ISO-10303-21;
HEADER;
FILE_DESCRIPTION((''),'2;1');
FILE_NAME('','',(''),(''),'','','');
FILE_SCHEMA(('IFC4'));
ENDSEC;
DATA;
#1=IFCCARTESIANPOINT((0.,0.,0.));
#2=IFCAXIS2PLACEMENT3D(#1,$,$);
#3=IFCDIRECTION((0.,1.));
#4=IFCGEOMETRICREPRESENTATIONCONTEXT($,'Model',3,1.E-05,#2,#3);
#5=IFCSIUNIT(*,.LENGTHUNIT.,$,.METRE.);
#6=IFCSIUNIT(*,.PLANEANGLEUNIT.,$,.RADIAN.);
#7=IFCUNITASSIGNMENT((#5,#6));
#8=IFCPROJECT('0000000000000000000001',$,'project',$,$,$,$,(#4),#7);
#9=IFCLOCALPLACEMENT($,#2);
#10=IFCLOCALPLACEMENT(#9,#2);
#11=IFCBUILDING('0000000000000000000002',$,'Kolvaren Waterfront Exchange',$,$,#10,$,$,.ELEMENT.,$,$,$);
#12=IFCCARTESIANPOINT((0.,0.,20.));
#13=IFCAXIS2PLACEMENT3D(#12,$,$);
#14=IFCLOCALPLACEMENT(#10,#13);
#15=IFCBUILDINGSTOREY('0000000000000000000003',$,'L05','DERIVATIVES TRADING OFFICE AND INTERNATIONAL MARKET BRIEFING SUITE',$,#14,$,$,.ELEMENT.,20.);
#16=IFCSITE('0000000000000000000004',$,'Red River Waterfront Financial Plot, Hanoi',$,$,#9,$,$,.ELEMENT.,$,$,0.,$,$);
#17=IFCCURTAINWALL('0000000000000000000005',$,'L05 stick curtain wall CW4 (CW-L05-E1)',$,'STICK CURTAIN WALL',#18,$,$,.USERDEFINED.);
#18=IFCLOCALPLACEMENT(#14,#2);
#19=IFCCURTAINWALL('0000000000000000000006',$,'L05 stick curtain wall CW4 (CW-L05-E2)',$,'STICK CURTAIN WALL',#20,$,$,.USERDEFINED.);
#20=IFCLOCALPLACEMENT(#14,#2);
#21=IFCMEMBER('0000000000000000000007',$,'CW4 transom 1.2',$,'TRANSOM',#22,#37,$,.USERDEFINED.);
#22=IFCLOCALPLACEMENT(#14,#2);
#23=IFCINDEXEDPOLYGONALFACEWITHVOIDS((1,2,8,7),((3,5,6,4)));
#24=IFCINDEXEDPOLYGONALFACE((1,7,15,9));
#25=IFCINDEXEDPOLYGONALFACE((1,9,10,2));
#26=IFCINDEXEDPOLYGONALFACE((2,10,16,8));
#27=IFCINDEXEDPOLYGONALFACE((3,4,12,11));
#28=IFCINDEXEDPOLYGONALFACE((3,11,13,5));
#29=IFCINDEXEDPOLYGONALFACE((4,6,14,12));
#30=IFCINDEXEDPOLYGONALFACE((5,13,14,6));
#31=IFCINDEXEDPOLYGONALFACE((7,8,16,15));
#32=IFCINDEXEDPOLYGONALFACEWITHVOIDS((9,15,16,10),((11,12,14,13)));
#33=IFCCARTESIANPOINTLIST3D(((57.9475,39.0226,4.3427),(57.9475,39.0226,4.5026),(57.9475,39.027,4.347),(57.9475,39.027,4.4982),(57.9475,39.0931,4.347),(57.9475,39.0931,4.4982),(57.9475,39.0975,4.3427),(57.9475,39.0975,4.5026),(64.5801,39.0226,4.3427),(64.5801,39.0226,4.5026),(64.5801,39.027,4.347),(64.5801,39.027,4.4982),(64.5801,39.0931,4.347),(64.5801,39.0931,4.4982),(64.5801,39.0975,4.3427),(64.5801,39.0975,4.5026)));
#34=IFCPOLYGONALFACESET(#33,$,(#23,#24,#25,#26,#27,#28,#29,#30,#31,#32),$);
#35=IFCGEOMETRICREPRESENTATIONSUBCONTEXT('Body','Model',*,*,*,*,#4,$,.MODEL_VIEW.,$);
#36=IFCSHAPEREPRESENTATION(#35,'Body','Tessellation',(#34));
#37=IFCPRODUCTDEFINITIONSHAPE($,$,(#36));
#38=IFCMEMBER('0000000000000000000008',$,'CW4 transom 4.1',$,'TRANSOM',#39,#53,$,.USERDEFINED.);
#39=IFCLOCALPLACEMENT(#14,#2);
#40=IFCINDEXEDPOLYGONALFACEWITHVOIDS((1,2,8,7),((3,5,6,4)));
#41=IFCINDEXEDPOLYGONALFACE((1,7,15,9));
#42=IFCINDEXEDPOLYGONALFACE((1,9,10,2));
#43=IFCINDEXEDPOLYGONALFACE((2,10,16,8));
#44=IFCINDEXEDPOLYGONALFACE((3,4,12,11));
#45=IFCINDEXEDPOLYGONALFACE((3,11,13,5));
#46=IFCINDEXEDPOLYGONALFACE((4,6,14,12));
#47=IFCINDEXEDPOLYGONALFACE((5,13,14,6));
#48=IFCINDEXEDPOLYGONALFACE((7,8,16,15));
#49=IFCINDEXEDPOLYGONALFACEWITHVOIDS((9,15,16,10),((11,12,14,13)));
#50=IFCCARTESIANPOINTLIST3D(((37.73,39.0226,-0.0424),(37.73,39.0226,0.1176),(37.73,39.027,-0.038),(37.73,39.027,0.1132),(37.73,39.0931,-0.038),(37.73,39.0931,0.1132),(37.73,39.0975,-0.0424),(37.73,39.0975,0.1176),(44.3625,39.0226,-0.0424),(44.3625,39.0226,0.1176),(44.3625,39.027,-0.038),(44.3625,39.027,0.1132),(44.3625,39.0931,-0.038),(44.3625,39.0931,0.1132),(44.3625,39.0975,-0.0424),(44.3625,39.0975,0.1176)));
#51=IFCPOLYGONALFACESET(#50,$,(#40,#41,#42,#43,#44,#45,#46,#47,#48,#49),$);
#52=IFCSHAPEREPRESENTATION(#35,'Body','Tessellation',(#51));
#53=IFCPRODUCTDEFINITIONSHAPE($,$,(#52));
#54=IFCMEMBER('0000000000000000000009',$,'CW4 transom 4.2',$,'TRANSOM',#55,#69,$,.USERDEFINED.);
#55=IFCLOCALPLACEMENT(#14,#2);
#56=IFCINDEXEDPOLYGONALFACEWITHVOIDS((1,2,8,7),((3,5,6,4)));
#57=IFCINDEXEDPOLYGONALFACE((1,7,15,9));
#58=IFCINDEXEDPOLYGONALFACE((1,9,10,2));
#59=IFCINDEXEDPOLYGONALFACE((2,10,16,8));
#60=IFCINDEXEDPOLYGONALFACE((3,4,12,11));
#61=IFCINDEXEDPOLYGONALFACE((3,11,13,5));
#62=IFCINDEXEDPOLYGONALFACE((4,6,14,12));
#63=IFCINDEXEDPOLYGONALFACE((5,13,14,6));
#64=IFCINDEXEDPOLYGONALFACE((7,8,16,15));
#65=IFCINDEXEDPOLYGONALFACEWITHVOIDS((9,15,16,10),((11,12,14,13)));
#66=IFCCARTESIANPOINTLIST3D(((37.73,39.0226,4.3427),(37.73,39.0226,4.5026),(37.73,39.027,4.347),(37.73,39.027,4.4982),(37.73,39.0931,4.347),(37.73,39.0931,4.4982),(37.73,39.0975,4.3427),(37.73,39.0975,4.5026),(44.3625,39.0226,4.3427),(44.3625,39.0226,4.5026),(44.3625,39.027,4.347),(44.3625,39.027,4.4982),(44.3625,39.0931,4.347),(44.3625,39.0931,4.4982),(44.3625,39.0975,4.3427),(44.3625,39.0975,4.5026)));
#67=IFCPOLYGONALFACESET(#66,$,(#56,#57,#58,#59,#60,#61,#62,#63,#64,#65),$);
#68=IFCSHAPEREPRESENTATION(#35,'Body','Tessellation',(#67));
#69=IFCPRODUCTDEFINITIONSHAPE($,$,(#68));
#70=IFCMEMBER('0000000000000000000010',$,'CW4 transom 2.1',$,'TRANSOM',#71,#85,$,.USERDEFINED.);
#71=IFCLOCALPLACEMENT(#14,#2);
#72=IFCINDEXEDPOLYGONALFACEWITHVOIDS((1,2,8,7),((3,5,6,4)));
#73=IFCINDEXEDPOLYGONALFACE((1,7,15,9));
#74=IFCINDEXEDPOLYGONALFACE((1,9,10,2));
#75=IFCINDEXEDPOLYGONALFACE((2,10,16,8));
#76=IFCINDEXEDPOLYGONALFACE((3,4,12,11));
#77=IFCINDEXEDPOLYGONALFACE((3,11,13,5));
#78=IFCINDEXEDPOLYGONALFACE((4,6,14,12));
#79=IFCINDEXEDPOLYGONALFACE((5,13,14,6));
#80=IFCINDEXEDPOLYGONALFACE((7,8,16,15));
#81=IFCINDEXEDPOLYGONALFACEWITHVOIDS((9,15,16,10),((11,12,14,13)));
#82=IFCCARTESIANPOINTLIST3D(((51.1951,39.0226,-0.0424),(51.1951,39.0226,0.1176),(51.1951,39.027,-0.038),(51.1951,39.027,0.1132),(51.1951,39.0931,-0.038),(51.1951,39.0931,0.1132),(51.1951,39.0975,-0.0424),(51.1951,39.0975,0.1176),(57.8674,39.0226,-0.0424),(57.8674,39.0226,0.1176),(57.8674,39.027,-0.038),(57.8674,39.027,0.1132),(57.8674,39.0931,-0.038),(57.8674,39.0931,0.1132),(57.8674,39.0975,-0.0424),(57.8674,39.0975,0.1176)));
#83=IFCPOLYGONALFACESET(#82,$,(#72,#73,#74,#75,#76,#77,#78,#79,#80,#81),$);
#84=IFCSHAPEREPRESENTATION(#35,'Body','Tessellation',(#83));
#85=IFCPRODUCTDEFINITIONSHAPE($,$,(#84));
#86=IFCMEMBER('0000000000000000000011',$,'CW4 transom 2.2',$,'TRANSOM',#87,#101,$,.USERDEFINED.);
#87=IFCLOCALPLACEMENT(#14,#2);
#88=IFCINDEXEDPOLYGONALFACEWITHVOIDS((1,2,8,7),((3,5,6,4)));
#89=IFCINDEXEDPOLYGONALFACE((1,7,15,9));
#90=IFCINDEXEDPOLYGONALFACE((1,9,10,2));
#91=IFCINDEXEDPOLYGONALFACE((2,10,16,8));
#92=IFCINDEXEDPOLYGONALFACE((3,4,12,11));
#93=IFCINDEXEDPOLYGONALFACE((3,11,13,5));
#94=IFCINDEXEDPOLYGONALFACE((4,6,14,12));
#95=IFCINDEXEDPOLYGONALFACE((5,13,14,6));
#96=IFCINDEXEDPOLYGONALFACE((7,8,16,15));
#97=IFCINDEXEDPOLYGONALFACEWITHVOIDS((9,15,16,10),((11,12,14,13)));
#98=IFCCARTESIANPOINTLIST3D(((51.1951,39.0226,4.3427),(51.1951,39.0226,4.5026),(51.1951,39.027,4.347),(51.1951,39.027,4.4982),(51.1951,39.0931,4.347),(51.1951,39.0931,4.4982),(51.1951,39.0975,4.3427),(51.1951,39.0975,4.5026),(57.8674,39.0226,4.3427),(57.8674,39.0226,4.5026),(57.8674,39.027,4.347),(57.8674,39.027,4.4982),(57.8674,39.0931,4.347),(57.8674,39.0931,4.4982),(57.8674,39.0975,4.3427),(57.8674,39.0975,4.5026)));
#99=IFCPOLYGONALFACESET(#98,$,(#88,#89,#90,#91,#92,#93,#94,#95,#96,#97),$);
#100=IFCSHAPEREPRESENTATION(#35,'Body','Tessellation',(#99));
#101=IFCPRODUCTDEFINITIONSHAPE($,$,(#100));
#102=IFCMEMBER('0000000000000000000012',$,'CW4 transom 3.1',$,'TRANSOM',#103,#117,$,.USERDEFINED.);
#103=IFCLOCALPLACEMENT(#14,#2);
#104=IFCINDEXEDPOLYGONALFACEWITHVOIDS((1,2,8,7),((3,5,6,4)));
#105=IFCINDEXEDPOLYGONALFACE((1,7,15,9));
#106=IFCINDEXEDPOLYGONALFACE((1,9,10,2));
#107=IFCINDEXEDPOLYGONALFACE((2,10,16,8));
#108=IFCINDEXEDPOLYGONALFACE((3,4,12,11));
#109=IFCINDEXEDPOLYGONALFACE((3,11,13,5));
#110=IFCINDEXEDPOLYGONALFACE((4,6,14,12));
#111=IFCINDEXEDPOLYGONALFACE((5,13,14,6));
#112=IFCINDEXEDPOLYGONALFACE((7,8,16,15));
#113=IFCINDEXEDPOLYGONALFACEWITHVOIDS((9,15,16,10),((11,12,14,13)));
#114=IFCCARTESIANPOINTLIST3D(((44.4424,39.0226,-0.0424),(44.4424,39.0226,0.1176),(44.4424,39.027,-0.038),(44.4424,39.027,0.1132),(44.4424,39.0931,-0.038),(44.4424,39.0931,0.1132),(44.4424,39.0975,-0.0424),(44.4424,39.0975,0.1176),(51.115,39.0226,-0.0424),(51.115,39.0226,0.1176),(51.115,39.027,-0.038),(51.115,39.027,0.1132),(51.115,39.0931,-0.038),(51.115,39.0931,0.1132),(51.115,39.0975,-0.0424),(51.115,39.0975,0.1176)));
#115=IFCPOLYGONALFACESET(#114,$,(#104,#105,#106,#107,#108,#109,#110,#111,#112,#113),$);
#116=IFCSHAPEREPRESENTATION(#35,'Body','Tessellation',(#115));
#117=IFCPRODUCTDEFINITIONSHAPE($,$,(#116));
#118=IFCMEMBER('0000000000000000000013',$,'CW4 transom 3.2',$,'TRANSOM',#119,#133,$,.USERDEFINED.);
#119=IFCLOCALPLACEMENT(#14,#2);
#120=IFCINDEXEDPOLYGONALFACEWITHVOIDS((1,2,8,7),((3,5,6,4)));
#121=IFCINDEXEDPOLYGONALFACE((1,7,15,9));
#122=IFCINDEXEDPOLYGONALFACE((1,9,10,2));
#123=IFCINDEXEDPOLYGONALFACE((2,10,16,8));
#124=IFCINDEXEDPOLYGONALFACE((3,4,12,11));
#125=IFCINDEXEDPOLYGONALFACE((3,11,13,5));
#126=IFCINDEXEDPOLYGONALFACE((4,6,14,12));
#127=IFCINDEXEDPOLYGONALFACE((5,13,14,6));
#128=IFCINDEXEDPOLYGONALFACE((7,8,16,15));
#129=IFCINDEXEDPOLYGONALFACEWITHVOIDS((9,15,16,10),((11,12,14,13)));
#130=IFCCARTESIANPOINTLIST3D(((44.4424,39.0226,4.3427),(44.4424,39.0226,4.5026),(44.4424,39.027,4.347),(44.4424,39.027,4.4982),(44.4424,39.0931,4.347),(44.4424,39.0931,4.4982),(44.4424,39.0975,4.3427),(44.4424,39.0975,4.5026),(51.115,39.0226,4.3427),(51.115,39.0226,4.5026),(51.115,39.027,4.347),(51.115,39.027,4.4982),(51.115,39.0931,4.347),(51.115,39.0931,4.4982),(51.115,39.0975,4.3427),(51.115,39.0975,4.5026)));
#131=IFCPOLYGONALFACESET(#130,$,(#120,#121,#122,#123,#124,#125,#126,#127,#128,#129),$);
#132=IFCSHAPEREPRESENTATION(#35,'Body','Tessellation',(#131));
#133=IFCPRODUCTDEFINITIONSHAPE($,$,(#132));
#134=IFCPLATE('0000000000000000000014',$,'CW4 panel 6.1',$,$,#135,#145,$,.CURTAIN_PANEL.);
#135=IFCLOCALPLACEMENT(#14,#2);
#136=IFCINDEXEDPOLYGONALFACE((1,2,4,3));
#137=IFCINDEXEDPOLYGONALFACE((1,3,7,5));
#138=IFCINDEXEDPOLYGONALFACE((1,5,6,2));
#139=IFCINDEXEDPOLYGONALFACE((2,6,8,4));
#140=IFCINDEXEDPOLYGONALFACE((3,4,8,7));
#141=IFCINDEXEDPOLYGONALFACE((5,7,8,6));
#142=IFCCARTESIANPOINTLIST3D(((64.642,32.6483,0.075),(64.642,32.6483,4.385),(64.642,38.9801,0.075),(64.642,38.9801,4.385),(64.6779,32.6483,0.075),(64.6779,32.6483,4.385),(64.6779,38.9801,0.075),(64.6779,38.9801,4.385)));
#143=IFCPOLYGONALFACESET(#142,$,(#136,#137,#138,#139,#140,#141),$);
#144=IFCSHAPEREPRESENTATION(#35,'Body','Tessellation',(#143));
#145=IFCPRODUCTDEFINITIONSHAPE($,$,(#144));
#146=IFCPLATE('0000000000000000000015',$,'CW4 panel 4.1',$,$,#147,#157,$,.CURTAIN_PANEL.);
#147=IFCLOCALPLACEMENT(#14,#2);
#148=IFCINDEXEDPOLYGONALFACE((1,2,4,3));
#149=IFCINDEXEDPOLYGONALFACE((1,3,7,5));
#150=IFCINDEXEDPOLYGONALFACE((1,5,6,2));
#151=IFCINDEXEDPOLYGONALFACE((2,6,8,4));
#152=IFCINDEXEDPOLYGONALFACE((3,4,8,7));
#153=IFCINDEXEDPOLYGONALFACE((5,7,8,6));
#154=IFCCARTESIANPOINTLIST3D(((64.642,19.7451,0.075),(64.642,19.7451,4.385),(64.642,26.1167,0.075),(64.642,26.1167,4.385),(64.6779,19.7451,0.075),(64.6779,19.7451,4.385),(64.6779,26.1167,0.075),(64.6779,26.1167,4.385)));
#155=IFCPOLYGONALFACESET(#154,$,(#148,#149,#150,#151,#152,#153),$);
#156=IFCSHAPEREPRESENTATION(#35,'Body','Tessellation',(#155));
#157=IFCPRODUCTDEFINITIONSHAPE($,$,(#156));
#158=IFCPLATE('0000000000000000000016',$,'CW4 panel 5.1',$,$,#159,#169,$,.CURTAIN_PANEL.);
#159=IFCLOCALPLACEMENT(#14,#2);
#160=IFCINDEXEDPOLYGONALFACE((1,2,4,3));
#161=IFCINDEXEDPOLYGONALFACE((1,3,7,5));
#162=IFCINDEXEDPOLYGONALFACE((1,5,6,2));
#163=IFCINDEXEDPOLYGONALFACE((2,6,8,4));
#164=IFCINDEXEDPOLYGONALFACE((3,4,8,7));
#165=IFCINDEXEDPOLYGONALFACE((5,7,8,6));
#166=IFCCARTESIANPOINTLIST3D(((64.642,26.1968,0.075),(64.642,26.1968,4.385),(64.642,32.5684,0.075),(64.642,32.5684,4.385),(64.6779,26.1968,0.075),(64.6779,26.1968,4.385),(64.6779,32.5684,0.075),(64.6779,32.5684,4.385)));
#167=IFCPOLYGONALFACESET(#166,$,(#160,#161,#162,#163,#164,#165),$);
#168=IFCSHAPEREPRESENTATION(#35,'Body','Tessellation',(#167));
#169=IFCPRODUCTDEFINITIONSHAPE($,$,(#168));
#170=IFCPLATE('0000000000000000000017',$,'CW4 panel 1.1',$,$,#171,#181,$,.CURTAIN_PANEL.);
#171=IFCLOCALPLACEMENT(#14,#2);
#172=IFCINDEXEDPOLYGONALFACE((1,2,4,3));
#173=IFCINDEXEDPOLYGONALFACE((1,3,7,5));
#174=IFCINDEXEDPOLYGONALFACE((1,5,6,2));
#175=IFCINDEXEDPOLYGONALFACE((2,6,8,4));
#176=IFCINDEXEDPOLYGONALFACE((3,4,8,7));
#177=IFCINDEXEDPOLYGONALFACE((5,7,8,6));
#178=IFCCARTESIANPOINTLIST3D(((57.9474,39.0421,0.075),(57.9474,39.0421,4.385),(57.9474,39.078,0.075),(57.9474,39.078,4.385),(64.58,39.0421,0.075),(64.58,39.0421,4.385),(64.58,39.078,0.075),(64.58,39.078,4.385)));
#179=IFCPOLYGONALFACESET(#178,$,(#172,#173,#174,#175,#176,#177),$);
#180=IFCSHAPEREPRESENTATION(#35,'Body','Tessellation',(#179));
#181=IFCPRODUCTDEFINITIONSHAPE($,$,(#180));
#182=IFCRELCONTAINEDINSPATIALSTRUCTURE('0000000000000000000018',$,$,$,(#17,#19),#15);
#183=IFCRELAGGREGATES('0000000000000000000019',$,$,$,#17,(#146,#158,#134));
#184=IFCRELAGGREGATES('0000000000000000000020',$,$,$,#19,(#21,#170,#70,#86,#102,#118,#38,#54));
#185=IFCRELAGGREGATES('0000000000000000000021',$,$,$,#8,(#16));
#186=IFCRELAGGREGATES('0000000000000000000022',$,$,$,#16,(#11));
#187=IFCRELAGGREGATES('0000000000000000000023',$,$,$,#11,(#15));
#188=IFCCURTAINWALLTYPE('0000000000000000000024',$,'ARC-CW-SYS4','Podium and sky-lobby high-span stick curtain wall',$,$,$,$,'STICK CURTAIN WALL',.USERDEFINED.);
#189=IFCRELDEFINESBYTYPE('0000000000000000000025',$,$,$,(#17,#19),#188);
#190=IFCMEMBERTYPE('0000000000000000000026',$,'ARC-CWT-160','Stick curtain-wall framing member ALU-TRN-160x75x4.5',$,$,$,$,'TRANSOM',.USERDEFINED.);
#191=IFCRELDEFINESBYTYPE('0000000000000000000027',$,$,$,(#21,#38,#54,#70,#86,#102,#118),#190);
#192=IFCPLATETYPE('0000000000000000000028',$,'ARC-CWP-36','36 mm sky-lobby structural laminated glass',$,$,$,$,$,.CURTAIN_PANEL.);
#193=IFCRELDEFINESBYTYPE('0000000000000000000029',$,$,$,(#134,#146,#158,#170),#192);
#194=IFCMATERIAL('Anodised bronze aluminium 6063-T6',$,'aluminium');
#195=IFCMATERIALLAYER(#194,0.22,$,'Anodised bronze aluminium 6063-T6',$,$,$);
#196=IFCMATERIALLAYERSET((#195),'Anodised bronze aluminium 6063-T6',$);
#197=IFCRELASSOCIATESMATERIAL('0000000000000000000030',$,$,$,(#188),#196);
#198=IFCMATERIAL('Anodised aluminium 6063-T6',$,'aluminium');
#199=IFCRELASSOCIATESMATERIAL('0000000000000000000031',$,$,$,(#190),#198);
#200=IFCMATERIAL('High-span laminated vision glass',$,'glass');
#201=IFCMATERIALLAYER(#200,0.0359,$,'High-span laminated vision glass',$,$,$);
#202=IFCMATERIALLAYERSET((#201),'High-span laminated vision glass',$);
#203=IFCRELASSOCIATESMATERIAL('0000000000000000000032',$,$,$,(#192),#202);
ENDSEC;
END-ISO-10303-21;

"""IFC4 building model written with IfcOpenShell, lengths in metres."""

from ifc_helpers import new_model, si_unit, direction, frame, origin, origin_with_axes, origin_2d, place, context, subcontext, project, spatial, rectangle, hollow_rectangle, extrude, source, transform, mapped, material, layer, layer_set, material_profile, profile_set, type_object, element, aggregate, save


model = new_model("IFC4")

# Units and contexts
model_context = context("Model", 3, precision=1e-05, world=origin(), true_north=direction((0.0, 1.0)))
body_context = subcontext(model_context, "Body", "Model", "MODEL_VIEW")
ifc_project = project(units=[si_unit("LENGTHUNIT", "METRE"), si_unit("PLANEANGLEUNIT", "RADIAN")], contexts=[model_context])

# Site, building, storey
site_placement = place(None, origin())
site = spatial("IfcSite", under=ifc_project, at=site_placement, Name="Red River Waterfront Financial Plot, Hanoi", CompositionType="ELEMENT", RefElevation=0.0)
building_placement = place(site_placement, origin())
building = spatial("IfcBuilding", under=site, at=building_placement, Name="Kolvaren Waterfront Exchange", CompositionType="ELEMENT")
storey_placement = place(building_placement, frame((0.0, 0.0, 20.0)))
storey = spatial("IfcBuildingStorey", under=building, at=storey_placement, Name="L05", Description="DERIVATIVES TRADING OFFICE AND INTERNATIONAL MARKET BRIEFING SUITE", CompositionType="ELEMENT", Elevation=20.0)

# Curtain walls
ifc_material_1 = material(Name="Anodised bronze aluminium 6063-T6", Category="aluminium")
ifc_layer_1 = layer(ifc_material_1, 0.22, Name="Anodised bronze aluminium 6063-T6")
ifc_layer_set_1 = layer_set([ifc_layer_1], Name="Anodised bronze aluminium 6063-T6")
curtain_wall_type = type_object("IfcCurtainWallType", Name="ARC-CW-SYS4", Description="Podium and sky-lobby high-span stick curtain wall", ElementType="STICK CURTAIN WALL", PredefinedType="USERDEFINED", material=ifc_layer_set_1)
curtain_wall_1_placement = place(storey_placement, origin())
curtain_wall_1 = element("IfcCurtainWall", 1, at=curtain_wall_1_placement, inside=storey, type_object=curtain_wall_type, Name="L05 stick curtain wall CW4 (CW-L05-E1)", ObjectType="STICK CURTAIN WALL", PredefinedType="USERDEFINED")
ifc_material_2 = material(Name="Anodised aluminium 6063-T6", Category="aluminium")
curtain_wall_2_placement = place(storey_placement, origin())
curtain_wall_2 = element("IfcCurtainWall", 2, at=curtain_wall_2_placement, inside=storey, type_object=curtain_wall_type, Name="L05 stick curtain wall CW4 (CW-L05-E2)", ObjectType="STICK CURTAIN WALL", PredefinedType="USERDEFINED")

# Members
ifc_material_profile_1 = material_profile(ifc_material_2, hollow_rectangle(XDim=0.075, YDim=0.1599, WallThickness=0.0044, at=origin_2d()), Name="ALU-TRN-160x75x4.5")
ifc_profile_set_1 = profile_set([ifc_material_profile_1], Name="Anodised aluminium 6063-T6")
member_type_1 = type_object("IfcMemberType", Name="ARC-CWT-160", Description="Stick curtain-wall framing member ALU-TRN-160x75x4.5", ElementType="TRANSOM", PredefinedType="USERDEFINED", material=ifc_profile_set_1)
shared_shape_1 = source(origin_with_axes(), body_context, "Body", "SweptSolid", [
    extrude(hollow_rectangle(XDim=0.075, YDim=0.1599, WallThickness=0.0044, at=origin_2d()), origin(), (0.0, 0.0, 1.0), 6.6326),
])
member_1_placement = place(storey_placement, frame((64.5801, 39.0601, 4.4226), z_axis=(-1.0, 0.0, 0.0), x_axis=(0.0, -1.0, 0.0)))
member_1 = element("IfcMember", 3, at=member_1_placement, type_object=member_type_1, Name="CW4 transom 1.2", ObjectType="TRANSOM", PredefinedType="USERDEFINED", context=body_context, shape_type="MappedRepresentation", body=[
    mapped(shared_shape_1, transform((0.0, 0.0, 0.0), x_axis=(1.0, 0.0, 0.0), y_axis=(0.0, 1.0, 0.0), z_axis=(0.0, 0.0, 1.0), scale=1.0)),
])
member_2_placement = place(storey_placement, frame((44.3625, 39.0601, 0.0376), z_axis=(-1.0, 0.0, 0.0), x_axis=(0.0, -1.0, 0.0)))
member_2 = element("IfcMember", 4, at=member_2_placement, type_object=member_type_1, Name="CW4 transom 4.1", ObjectType="TRANSOM", PredefinedType="USERDEFINED", context=body_context, shape_type="MappedRepresentation", body=[
    mapped(shared_shape_1, transform((0.0, 0.0, 0.0), x_axis=(1.0, 0.0, 0.0), y_axis=(0.0, 1.0, 0.0), z_axis=(0.0, 0.0, 1.0), scale=1.0)),
])
member_3_placement = place(storey_placement, frame((44.3625, 39.0601, 4.4226), z_axis=(-1.0, 0.0, 0.0), x_axis=(0.0, -1.0, 0.0)))
member_3 = element("IfcMember", 5, at=member_3_placement, type_object=member_type_1, Name="CW4 transom 4.2", ObjectType="TRANSOM", PredefinedType="USERDEFINED", context=body_context, shape_type="MappedRepresentation", body=[
    mapped(shared_shape_1, transform((0.0, 0.0, 0.0), x_axis=(1.0, 0.0, 0.0), y_axis=(0.0, 1.0, 0.0), z_axis=(0.0, 0.0, 1.0), scale=1.0)),
])
shared_shape_2 = source(origin_with_axes(), body_context, "Body", "SweptSolid", [
    extrude(hollow_rectangle(XDim=0.075, YDim=0.1599, WallThickness=0.0044, at=origin_2d()), origin(), (0.0, 0.0, 1.0), 6.6724),
])
member_4_placement = place(storey_placement, frame((57.8674, 39.0601, 0.0376), z_axis=(-1.0, 0.0, 0.0), x_axis=(0.0, -1.0, 0.0)))
member_4 = element("IfcMember", 6, at=member_4_placement, type_object=member_type_1, Name="CW4 transom 2.1", ObjectType="TRANSOM", PredefinedType="USERDEFINED", context=body_context, shape_type="MappedRepresentation", body=[
    mapped(shared_shape_2, transform((0.0, 0.0, 0.0), x_axis=(1.0, 0.0, 0.0), y_axis=(0.0, 1.0, 0.0), z_axis=(0.0, 0.0, 1.0), scale=1.0)),
])
member_5_placement = place(storey_placement, frame((57.8674, 39.0601, 4.4226), z_axis=(-1.0, 0.0, 0.0), x_axis=(0.0, -1.0, 0.0)))
member_5 = element("IfcMember", 7, at=member_5_placement, type_object=member_type_1, Name="CW4 transom 2.2", ObjectType="TRANSOM", PredefinedType="USERDEFINED", context=body_context, shape_type="MappedRepresentation", body=[
    mapped(shared_shape_2, transform((0.0, 0.0, 0.0), x_axis=(1.0, 0.0, 0.0), y_axis=(0.0, 1.0, 0.0), z_axis=(0.0, 0.0, 1.0), scale=1.0)),
])
shared_shape_3 = source(origin_with_axes(), body_context, "Body", "SweptSolid", [
    extrude(hollow_rectangle(XDim=0.075, YDim=0.1599, WallThickness=0.0044, at=origin_2d()), origin(), (0.0, 0.0, 1.0), 6.6726),
])
member_6_placement = place(storey_placement, frame((51.115, 39.0601, 0.0376), z_axis=(-1.0, 0.0, 0.0), x_axis=(0.0, -1.0, 0.0)))
member_6 = element("IfcMember", 8, at=member_6_placement, type_object=member_type_1, Name="CW4 transom 3.1", ObjectType="TRANSOM", PredefinedType="USERDEFINED", context=body_context, shape_type="MappedRepresentation", body=[
    mapped(shared_shape_3, transform((0.0, 0.0, 0.0), x_axis=(1.0, 0.0, 0.0), y_axis=(0.0, 1.0, 0.0), z_axis=(0.0, 0.0, 1.0), scale=1.0)),
])
member_7_placement = place(storey_placement, frame((51.115, 39.0601, 4.4226), z_axis=(-1.0, 0.0, 0.0), x_axis=(0.0, -1.0, 0.0)))
member_7 = element("IfcMember", 9, at=member_7_placement, type_object=member_type_1, Name="CW4 transom 3.2", ObjectType="TRANSOM", PredefinedType="USERDEFINED", context=body_context, shape_type="MappedRepresentation", body=[
    mapped(shared_shape_3, transform((0.0, 0.0, 0.0), x_axis=(1.0, 0.0, 0.0), y_axis=(0.0, 1.0, 0.0), z_axis=(0.0, 0.0, 1.0), scale=1.0)),
])

# Plates
ifc_material_3 = material(Name="High-span laminated vision glass", Category="glass")
ifc_layer_2 = layer(ifc_material_3, 0.0359, Name="High-span laminated vision glass")
ifc_layer_set_2 = layer_set([ifc_layer_2], Name="High-span laminated vision glass")
plate_type = type_object("IfcPlateType", Name="ARC-CWP-36", Description="36 mm sky-lobby structural laminated glass", PredefinedType="CURTAIN_PANEL", material=ifc_layer_set_2)
shared_shape_4 = source(origin_with_axes(), body_context, "Body", "SweptSolid", [
    extrude(rectangle(XDim=6.3318, YDim=0.0359, at=origin_2d()), origin(), (0.0, 0.0, 1.0), 4.3101),
])
plate_1_placement = place(storey_placement, frame((64.6599, 35.8142, 0.075), z_axis=(0.0, 0.0, 1.0), x_axis=(0.0, 1.0, 0.0)))
plate_1 = element("IfcPlate", 10, at=plate_1_placement, type_object=plate_type, Name="CW4 panel 6.1", PredefinedType="CURTAIN_PANEL", context=body_context, shape_type="MappedRepresentation", body=[
    mapped(shared_shape_4, transform((0.0, 0.0, 0.0), x_axis=(1.0, 0.0, 0.0), y_axis=(0.0, 1.0, 0.0), z_axis=(0.0, 0.0, 1.0), scale=1.0)),
])
shared_shape_5 = source(origin_with_axes(), body_context, "Body", "SweptSolid", [
    extrude(rectangle(XDim=6.3716, YDim=0.0359, at=origin_2d()), origin(), (0.0, 0.0, 1.0), 4.3101),
])
plate_2_placement = place(storey_placement, frame((64.6599, 22.9309, 0.075), z_axis=(0.0, 0.0, 1.0), x_axis=(0.0, 1.0, 0.0)))
plate_2 = element("IfcPlate", 11, at=plate_2_placement, type_object=plate_type, Name="CW4 panel 4.1", PredefinedType="CURTAIN_PANEL", context=body_context, shape_type="MappedRepresentation", body=[
    mapped(shared_shape_5, transform((0.0, 0.0, 0.0), x_axis=(1.0, 0.0, 0.0), y_axis=(0.0, 1.0, 0.0), z_axis=(0.0, 0.0, 1.0), scale=1.0)),
])
plate_3_placement = place(storey_placement, frame((64.6599, 29.3826, 0.075), z_axis=(0.0, 0.0, 1.0), x_axis=(0.0, 1.0, 0.0)))
plate_3 = element("IfcPlate", 12, at=plate_3_placement, type_object=plate_type, Name="CW4 panel 5.1", PredefinedType="CURTAIN_PANEL", context=body_context, shape_type="MappedRepresentation", body=[
    mapped(shared_shape_5, transform((0.0, 0.0, 0.0), x_axis=(1.0, 0.0, 0.0), y_axis=(0.0, 1.0, 0.0), z_axis=(0.0, 0.0, 1.0), scale=1.0)),
])
aggregate(curtain_wall_1, [plate_2, plate_3, plate_1])
shared_shape_6 = source(origin_with_axes(), body_context, "Body", "SweptSolid", [
    extrude(rectangle(XDim=6.6326, YDim=0.0359, at=origin_2d()), origin(), (0.0, 0.0, 1.0), 4.3101),
])
plate_4_placement = place(storey_placement, frame((61.2637, 39.0601, 0.075), z_axis=(0.0, 0.0, 1.0), x_axis=(-1.0, 0.0, 0.0)))
plate_4 = element("IfcPlate", 13, at=plate_4_placement, type_object=plate_type, Name="CW4 panel 1.1", PredefinedType="CURTAIN_PANEL", context=body_context, shape_type="MappedRepresentation", body=[
    mapped(shared_shape_6, transform((0.0, 0.0, 0.0), x_axis=(1.0, 0.0, 0.0), y_axis=(0.0, 1.0, 0.0), z_axis=(0.0, 0.0, 1.0), scale=1.0)),
])
aggregate(curtain_wall_2, [member_1, plate_4, member_4, member_5, member_6, member_7, member_2, member_3])

save(model, "model.ifc")
